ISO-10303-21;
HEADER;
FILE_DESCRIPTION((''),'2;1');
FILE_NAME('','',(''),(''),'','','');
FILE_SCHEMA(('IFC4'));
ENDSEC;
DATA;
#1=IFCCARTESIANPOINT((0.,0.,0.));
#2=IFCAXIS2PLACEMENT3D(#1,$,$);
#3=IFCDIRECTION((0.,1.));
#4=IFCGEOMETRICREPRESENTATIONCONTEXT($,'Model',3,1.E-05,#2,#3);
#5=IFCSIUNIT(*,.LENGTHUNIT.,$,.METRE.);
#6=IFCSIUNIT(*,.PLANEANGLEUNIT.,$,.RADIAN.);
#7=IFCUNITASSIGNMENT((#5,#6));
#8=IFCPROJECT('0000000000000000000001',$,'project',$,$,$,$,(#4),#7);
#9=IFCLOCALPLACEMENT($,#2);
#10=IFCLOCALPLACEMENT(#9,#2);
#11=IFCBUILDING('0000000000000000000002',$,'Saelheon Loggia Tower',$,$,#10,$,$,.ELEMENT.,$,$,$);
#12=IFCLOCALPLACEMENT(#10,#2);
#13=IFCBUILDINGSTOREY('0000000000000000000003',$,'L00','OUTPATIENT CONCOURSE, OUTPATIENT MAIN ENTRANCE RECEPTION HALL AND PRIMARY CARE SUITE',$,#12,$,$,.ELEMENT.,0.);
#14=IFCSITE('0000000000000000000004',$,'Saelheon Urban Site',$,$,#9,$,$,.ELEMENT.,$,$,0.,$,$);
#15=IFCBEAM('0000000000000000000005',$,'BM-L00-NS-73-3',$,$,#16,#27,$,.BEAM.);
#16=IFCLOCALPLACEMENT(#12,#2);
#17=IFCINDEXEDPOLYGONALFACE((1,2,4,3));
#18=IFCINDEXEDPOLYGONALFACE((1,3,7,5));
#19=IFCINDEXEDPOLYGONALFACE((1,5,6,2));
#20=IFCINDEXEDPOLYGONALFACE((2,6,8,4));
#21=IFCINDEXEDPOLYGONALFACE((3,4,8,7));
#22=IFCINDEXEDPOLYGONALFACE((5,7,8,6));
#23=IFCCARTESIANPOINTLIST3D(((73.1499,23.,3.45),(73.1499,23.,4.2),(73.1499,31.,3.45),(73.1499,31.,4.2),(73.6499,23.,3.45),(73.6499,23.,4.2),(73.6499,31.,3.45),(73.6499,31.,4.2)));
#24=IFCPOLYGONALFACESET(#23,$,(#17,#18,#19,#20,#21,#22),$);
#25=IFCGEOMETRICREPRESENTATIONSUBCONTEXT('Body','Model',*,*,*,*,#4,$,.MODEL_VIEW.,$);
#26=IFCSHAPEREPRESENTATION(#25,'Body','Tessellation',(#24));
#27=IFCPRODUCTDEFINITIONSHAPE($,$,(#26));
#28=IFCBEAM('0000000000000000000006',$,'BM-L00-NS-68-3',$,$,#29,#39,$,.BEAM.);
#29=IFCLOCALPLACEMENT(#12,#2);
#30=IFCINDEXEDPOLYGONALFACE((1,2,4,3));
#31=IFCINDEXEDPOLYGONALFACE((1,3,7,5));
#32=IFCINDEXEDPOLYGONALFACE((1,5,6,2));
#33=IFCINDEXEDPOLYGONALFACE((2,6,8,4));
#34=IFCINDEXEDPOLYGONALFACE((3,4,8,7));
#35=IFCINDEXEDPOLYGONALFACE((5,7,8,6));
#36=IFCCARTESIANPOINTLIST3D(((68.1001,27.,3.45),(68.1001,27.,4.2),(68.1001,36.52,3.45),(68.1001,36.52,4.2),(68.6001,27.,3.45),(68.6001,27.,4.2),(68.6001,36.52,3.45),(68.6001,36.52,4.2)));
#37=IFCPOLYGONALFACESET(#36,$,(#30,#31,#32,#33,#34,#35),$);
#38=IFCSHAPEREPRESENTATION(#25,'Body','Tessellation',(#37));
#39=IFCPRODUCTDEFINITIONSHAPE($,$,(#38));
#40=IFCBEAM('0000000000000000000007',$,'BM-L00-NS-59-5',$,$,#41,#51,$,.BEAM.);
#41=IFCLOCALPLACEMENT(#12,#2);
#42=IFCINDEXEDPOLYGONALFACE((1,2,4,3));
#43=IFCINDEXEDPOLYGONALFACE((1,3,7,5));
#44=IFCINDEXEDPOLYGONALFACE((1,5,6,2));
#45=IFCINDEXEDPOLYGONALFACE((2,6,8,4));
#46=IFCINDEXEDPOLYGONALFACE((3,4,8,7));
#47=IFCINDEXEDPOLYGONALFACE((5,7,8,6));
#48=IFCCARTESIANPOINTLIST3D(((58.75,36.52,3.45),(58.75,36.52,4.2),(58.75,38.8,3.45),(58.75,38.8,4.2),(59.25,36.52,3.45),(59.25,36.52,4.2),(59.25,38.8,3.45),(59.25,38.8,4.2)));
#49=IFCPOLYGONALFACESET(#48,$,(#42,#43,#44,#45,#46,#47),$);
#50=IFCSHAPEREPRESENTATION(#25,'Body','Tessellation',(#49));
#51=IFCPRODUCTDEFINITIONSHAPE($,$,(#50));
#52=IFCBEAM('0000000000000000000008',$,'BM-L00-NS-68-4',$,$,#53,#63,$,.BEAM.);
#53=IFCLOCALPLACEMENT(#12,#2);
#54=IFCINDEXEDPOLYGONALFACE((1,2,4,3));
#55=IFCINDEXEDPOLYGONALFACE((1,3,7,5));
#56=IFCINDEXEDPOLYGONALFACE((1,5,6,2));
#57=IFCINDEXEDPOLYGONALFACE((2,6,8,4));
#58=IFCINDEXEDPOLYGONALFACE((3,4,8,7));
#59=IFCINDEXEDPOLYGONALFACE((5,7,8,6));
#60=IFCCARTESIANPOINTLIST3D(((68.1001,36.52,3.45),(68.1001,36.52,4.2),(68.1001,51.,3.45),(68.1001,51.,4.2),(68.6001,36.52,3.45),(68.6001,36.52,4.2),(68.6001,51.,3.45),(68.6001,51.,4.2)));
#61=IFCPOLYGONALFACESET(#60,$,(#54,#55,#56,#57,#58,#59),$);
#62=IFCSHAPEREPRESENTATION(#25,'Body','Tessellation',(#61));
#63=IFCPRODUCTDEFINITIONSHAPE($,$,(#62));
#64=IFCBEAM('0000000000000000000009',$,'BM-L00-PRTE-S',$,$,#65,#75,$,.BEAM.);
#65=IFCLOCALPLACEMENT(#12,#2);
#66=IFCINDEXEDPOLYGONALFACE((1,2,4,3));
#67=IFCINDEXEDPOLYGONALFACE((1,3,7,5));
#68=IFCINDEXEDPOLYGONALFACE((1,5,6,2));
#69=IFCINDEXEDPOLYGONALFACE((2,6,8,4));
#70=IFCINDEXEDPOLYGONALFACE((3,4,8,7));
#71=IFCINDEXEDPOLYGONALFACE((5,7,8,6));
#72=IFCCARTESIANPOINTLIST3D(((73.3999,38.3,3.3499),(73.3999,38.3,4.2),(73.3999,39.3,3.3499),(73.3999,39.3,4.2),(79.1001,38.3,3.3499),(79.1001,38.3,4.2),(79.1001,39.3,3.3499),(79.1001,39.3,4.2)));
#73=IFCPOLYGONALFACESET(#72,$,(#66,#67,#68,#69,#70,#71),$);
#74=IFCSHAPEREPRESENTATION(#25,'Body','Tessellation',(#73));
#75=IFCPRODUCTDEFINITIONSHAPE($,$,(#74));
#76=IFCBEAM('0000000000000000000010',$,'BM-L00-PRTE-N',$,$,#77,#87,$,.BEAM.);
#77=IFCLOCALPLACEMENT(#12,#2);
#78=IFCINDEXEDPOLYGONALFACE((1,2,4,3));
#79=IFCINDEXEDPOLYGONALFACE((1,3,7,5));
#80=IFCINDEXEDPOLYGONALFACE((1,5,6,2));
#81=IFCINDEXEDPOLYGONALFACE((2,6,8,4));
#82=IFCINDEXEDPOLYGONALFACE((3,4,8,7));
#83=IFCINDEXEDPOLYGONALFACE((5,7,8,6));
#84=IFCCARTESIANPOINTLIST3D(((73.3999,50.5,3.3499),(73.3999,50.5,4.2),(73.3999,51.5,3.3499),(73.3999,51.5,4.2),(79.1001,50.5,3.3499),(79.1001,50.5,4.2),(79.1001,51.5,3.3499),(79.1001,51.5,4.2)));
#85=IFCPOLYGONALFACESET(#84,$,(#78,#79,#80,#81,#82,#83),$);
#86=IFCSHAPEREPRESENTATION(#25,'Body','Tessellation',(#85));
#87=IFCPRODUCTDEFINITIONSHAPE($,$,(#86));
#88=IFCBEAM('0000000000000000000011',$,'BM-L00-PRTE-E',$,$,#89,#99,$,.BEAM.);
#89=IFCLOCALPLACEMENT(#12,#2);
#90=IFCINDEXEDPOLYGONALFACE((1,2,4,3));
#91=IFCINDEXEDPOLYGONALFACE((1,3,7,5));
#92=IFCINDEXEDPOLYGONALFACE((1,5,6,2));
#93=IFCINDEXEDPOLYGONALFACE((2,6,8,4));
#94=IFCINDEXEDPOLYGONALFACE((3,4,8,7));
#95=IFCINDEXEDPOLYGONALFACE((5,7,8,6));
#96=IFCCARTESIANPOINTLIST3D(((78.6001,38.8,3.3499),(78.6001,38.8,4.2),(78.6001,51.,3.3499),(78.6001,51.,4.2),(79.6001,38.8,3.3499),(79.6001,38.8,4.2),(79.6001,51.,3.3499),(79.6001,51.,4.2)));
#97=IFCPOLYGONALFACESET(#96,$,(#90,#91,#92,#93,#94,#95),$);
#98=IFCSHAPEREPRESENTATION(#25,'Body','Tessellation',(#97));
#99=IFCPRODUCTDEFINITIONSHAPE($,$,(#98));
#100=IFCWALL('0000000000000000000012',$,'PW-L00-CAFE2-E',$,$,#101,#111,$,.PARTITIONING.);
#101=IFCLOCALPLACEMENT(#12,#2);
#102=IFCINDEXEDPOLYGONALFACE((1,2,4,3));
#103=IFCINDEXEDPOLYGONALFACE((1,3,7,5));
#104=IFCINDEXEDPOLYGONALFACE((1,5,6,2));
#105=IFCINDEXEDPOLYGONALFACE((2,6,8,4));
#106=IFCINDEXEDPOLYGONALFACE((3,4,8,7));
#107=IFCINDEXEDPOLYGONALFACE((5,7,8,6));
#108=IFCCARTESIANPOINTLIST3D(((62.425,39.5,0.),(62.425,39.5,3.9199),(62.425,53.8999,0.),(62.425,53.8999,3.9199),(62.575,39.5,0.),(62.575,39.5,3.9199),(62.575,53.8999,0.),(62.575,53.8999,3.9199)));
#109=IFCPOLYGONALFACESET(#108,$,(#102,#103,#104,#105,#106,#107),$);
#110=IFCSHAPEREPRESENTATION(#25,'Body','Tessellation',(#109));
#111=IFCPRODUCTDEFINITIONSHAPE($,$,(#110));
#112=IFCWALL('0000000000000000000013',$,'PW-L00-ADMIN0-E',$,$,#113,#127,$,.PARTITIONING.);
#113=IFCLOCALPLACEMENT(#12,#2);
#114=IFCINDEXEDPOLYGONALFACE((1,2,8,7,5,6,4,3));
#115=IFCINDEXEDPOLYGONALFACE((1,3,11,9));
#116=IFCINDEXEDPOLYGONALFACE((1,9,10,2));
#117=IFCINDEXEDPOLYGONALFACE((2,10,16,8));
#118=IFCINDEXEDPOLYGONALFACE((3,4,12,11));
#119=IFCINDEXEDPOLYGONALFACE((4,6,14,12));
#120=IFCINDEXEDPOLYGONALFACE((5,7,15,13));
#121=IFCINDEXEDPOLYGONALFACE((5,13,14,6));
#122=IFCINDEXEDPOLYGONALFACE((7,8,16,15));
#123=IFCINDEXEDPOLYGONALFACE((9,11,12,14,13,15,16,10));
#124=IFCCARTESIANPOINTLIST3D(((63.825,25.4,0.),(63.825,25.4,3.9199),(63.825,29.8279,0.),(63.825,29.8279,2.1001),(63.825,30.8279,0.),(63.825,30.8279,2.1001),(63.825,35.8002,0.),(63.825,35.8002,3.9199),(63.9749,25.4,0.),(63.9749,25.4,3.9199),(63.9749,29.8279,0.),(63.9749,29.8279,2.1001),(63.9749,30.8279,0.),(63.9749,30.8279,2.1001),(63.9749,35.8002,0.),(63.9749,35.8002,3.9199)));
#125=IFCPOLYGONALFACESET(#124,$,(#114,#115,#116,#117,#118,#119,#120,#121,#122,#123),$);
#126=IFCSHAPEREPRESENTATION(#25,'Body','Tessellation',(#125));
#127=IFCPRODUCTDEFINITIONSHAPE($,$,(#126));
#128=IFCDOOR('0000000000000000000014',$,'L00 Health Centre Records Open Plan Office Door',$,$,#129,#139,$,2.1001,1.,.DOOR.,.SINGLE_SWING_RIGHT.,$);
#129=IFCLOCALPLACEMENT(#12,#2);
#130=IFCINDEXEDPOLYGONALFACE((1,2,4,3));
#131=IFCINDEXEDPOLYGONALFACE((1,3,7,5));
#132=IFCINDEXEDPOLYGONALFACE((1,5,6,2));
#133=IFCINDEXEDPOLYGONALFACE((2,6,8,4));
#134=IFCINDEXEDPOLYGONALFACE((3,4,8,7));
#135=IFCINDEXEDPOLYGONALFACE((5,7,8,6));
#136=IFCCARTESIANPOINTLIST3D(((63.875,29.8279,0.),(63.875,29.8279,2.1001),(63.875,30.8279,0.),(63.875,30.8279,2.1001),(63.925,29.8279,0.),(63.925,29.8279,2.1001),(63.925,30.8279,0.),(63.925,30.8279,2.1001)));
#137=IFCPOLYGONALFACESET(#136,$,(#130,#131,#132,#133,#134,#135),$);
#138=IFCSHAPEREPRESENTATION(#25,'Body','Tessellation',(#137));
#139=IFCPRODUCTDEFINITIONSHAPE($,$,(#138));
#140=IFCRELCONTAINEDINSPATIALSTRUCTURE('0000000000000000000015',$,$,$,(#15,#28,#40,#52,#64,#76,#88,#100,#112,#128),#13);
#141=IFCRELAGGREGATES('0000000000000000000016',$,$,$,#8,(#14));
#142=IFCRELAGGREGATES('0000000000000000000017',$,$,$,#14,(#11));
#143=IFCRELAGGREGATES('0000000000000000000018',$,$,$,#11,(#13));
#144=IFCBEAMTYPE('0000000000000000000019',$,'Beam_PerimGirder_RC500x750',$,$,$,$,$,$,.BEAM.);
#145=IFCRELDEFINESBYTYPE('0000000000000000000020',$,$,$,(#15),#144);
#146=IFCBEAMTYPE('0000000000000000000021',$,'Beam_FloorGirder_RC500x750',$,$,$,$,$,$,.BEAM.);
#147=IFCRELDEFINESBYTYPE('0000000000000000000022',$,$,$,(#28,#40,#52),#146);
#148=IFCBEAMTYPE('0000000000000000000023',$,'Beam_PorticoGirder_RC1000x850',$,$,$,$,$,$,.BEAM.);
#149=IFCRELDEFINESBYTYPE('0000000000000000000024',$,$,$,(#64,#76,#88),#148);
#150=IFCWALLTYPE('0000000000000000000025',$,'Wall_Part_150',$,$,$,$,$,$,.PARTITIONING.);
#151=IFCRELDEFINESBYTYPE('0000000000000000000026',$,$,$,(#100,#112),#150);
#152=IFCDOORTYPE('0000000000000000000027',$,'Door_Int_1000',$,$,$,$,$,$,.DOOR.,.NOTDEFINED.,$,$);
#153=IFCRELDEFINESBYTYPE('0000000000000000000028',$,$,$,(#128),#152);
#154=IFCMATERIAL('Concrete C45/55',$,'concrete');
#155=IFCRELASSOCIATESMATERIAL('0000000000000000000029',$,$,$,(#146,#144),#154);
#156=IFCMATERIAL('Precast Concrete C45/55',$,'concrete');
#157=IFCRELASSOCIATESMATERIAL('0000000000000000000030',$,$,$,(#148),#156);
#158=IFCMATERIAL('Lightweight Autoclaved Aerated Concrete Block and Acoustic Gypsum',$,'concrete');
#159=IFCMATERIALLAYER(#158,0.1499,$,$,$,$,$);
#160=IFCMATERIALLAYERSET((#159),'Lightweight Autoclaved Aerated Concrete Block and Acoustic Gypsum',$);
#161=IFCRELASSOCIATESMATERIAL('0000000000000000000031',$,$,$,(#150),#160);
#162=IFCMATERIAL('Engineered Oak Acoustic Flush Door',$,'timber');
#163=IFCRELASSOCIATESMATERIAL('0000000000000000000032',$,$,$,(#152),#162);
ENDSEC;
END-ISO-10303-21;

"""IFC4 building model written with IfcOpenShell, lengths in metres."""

from ifc_helpers import new_model, si_unit, direction, frame, frame_2d, origin, origin_2d, place, context, subcontext, project, spatial, rectangle, extrude, source, transform, mapped, material, layer, layer_set, material_profile, profile_set, type_object, element, fill, save


model = new_model("IFC4")

# Units and contexts
model_context = context("Model", 3, precision=1e-05, world=origin(), true_north=direction((0.0, 1.0)))
body_context = subcontext(model_context, "Body", "Model", "MODEL_VIEW")
ifc_project = project(units=[si_unit("LENGTHUNIT", "METRE"), si_unit("PLANEANGLEUNIT", "RADIAN")], contexts=[model_context])

# Site, building, storey
site_placement = place(None, origin())
site = spatial("IfcSite", under=ifc_project, at=site_placement, Name="Saelheon Urban Site", CompositionType="ELEMENT", RefElevation=0.0)
building_placement = place(site_placement, origin())
building = spatial("IfcBuilding", under=site, at=building_placement, Name="Saelheon Loggia Tower", CompositionType="ELEMENT")
storey_placement = place(building_placement, origin())
storey = spatial("IfcBuildingStorey", under=building, at=storey_placement, Name="L00", Description="OUTPATIENT CONCOURSE, OUTPATIENT MAIN ENTRANCE RECEPTION HALL AND PRIMARY CARE SUITE", CompositionType="ELEMENT", Elevation=0.0)

# Shared definitions
ifc_material_1 = material(Name="Concrete C45/55", Category="concrete")
ifc_material_2 = material(Name="Precast Concrete C45/55", Category="concrete")

# Beams
ifc_material_profile_1 = material_profile(ifc_material_1, rectangle(XDim=0.5, YDim=0.75, at=origin_2d()), Name="RC-500x750")
ifc_profile_set_1 = profile_set([ifc_material_profile_1], Name="Concrete C45/55")
beam_type_1 = type_object("IfcBeamType", Name="Beam_FloorGirder_RC500x750", PredefinedType="BEAM", material=ifc_profile_set_1)
ifc_material_profile_2 = material_profile(ifc_material_1, rectangle(XDim=0.5, YDim=0.75, at=origin_2d()), Name="RC-500x750")
ifc_profile_set_2 = profile_set([ifc_material_profile_2], Name="Concrete C45/55")
beam_type_2 = type_object("IfcBeamType", Name="Beam_PerimGirder_RC500x750", PredefinedType="BEAM", material=ifc_profile_set_2)
shared_shape_1 = source(origin(), body_context, "Body", "SweptSolid", [
    extrude(rectangle(XDim=0.5, YDim=0.75, at=origin_2d()), origin(), (0.0, 0.0, 1.0), 8.0),
])
beam_1_placement = place(storey_placement, frame((73.3999, 23.0, 3.825), z_axis=(0.0, 1.0, 0.0), x_axis=(-1.0, 0.0, 0.0)))
element("IfcBeam", 1, at=beam_1_placement, inside=storey, type_object=beam_type_2, Name="BM-L00-NS-73-3", PredefinedType="BEAM", context=body_context, shape_type="MappedRepresentation", body=[
    mapped(shared_shape_1, transform((0.0, 0.0, 0.0), scale=1.0)),
])
shared_shape_2 = source(origin(), body_context, "Body", "SweptSolid", [
    extrude(rectangle(XDim=0.5, YDim=0.75, at=origin_2d()), origin(), (0.0, 0.0, 1.0), 9.52),
])
beam_2_placement = place(storey_placement, frame((68.3501, 27.0, 3.825), z_axis=(0.0, 1.0, 0.0), x_axis=(-1.0, 0.0, 0.0)))
element("IfcBeam", 2, at=beam_2_placement, inside=storey, type_object=beam_type_1, Name="BM-L00-NS-68-3", PredefinedType="BEAM", context=body_context, shape_type="MappedRepresentation", body=[
    mapped(shared_shape_2, transform((0.0, 0.0, 0.0), scale=1.0)),
])
shared_shape_3 = source(origin(), body_context, "Body", "SweptSolid", [
    extrude(rectangle(XDim=0.5, YDim=0.75, at=origin_2d()), origin(), (0.0, 0.0, 1.0), 2.28),
])
beam_3_placement = place(storey_placement, frame((59.0, 36.52, 3.825), z_axis=(0.0, 1.0, 0.0), x_axis=(-1.0, 0.0, 0.0)))
element("IfcBeam", 3, at=beam_3_placement, inside=storey, type_object=beam_type_1, Name="BM-L00-NS-59-5", PredefinedType="BEAM", context=body_context, shape_type="MappedRepresentation", body=[
    mapped(shared_shape_3, transform((0.0, 0.0, 0.0), scale=1.0)),
])
shared_shape_4 = source(origin(), body_context, "Body", "SweptSolid", [
    extrude(rectangle(XDim=0.5, YDim=0.75, at=origin_2d()), origin(), (0.0, 0.0, 1.0), 14.48),
])
beam_4_placement = place(storey_placement, frame((68.3501, 36.52, 3.825), z_axis=(0.0, 1.0, 0.0), x_axis=(-1.0, 0.0, 0.0)))
element("IfcBeam", 4, at=beam_4_placement, inside=storey, type_object=beam_type_1, Name="BM-L00-NS-68-4", PredefinedType="BEAM", context=body_context, shape_type="MappedRepresentation", body=[
    mapped(shared_shape_4, transform((0.0, 0.0, 0.0), scale=1.0)),
])
ifc_material_profile_3 = material_profile(ifc_material_2, rectangle(XDim=1.0, YDim=0.8501, at=origin_2d()), Name="RC-1000x850")
ifc_profile_set_3 = profile_set([ifc_material_profile_3], Name="Precast Concrete C45/55")
beam_type_3 = type_object("IfcBeamType", Name="Beam_PorticoGirder_RC1000x850", PredefinedType="BEAM", material=ifc_profile_set_3)
shared_shape_5 = source(origin(), body_context, "Body", "SweptSolid", [
    extrude(rectangle(XDim=1.0, YDim=0.8501, at=origin_2d()), origin(), (0.0, 0.0, 1.0), 5.7002),
])
for number, where, z_axis, x_axis, name in (
    (5, (73.3999, 38.8, 3.7749), (1.0, 0.0, 0.0), (0.0, 1.0, 0.0), "BM-L00-PRTE-S"),
    (6, (73.3999, 51.0, 3.7749), (1.0, 0.0, 0.0), (0.0, 1.0, 0.0), "BM-L00-PRTE-N"),
):
    element("IfcBeam", number, at=place(storey_placement, frame(where, z_axis=z_axis, x_axis=x_axis)), inside=storey, type_object=beam_type_3, Name=name, PredefinedType="BEAM", context=body_context, shape_type="MappedRepresentation", body=[
        mapped(shared_shape_5, transform((0.0, 0.0, 0.0), scale=1.0)),
    ])
shared_shape_6 = source(origin(), body_context, "Body", "SweptSolid", [
    extrude(rectangle(XDim=1.0, YDim=0.8501, at=origin_2d()), origin(), (0.0, 0.0, 1.0), 12.2),
])
beam_5_placement = place(storey_placement, frame((79.1001, 38.8, 3.7749), z_axis=(0.0, 1.0, 0.0), x_axis=(-1.0, 0.0, 0.0)))
element("IfcBeam", 7, at=beam_5_placement, inside=storey, type_object=beam_type_3, Name="BM-L00-PRTE-E", PredefinedType="BEAM", context=body_context, shape_type="MappedRepresentation", body=[
    mapped(shared_shape_6, transform((0.0, 0.0, 0.0), scale=1.0)),
])

# Wall
ifc_material_3 = material(Name="Lightweight Autoclaved Aerated Concrete Block and Acoustic Gypsum", Category="concrete")
ifc_layer = layer(ifc_material_3, 0.1499)
ifc_layer_set = layer_set([ifc_layer], Name="Lightweight Autoclaved Aerated Concrete Block and Acoustic Gypsum")
wall_type = type_object("IfcWallType", Name="Wall_Part_150", PredefinedType="PARTITIONING", material=ifc_layer_set)
wall_1_placement = place(storey_placement, frame((62.5, 39.5, 0.0), z_axis=(0.0, 0.0, 1.0), x_axis=(0.0, 1.0, 0.0)))
element("IfcWall", 8, at=wall_1_placement, inside=storey, type_object=wall_type, Name="PW-L00-CAFE2-E", PredefinedType="PARTITIONING", context=body_context, shape_type="SweptSolid", body=[
    extrude(rectangle(XDim=14.3999, YDim=0.1499, at=frame_2d((7.2, 0.0))), origin(), (0.0, 0.0, 1.0), 3.9199),
])

# Wall, opening, door
wall_2_placement = place(storey_placement, frame((63.8999, 25.3999, 0.0), z_axis=(0.0, 0.0, 1.0), x_axis=(0.0, 1.0, 0.0)))
wall_2 = element("IfcWall", 9, at=wall_2_placement, inside=storey, type_object=wall_type, Name="PW-L00-ADMIN0-E", PredefinedType="PARTITIONING", context=body_context, shape_type="SweptSolid", body=[
    extrude(rectangle(XDim=10.4001, YDim=0.1499, at=frame_2d((5.2002, 0.0))), origin(), (0.0, 0.0, 1.0), 3.9199),
])
opening_placement = place(wall_2_placement, frame((4.428, 0.0, 0.0)))
opening = element("IfcOpeningElement", 10, at=opening_placement, cuts=wall_2, PredefinedType="OPENING", context=body_context, shape_type="SweptSolid", body=[
    extrude(rectangle(XDim=1.0, YDim=2.1001, at=frame_2d((0.5, 1.05))), frame((0.0, 0.0869, 0.0), z_axis=(0.0, -1.0, 0.0), x_axis=(1.0, 0.0, 0.0)), (0.0, 0.0, 1.0), 0.1738),
])
ifc_material_4 = material(Name="Engineered Oak Acoustic Flush Door", Category="timber")
door_type = type_object("IfcDoorType", Name="Door_Int_1000", OperationType="NOTDEFINED", PredefinedType="DOOR", material=ifc_material_4)
shared_shape_7 = source(origin(), body_context, "Body", "SweptSolid", [
    extrude(rectangle(XDim=1.0, YDim=2.1001, at=frame_2d((0.5, 1.05))), frame((0.0, 0.0249, 0.0), z_axis=(0.0, -1.0, 0.0), x_axis=(1.0, 0.0, 0.0)), (0.0, 0.0, 1.0), 0.05),
])
door_placement = place(opening_placement, origin())
door = element("IfcDoor", 11, at=door_placement, inside=storey, type_object=door_type, Name="L00 Health Centre Records Open Plan Office Door", OperationType="SINGLE_SWING_RIGHT", OverallHeight=2.1001, OverallWidth=1.0, PredefinedType="DOOR", context=body_context, shape_type="MappedRepresentation", body=[
    mapped(shared_shape_7, transform((0.0, 0.0, 0.0), scale=1.0)),
])
fill(opening, door)

save(model, "model.ifc")
